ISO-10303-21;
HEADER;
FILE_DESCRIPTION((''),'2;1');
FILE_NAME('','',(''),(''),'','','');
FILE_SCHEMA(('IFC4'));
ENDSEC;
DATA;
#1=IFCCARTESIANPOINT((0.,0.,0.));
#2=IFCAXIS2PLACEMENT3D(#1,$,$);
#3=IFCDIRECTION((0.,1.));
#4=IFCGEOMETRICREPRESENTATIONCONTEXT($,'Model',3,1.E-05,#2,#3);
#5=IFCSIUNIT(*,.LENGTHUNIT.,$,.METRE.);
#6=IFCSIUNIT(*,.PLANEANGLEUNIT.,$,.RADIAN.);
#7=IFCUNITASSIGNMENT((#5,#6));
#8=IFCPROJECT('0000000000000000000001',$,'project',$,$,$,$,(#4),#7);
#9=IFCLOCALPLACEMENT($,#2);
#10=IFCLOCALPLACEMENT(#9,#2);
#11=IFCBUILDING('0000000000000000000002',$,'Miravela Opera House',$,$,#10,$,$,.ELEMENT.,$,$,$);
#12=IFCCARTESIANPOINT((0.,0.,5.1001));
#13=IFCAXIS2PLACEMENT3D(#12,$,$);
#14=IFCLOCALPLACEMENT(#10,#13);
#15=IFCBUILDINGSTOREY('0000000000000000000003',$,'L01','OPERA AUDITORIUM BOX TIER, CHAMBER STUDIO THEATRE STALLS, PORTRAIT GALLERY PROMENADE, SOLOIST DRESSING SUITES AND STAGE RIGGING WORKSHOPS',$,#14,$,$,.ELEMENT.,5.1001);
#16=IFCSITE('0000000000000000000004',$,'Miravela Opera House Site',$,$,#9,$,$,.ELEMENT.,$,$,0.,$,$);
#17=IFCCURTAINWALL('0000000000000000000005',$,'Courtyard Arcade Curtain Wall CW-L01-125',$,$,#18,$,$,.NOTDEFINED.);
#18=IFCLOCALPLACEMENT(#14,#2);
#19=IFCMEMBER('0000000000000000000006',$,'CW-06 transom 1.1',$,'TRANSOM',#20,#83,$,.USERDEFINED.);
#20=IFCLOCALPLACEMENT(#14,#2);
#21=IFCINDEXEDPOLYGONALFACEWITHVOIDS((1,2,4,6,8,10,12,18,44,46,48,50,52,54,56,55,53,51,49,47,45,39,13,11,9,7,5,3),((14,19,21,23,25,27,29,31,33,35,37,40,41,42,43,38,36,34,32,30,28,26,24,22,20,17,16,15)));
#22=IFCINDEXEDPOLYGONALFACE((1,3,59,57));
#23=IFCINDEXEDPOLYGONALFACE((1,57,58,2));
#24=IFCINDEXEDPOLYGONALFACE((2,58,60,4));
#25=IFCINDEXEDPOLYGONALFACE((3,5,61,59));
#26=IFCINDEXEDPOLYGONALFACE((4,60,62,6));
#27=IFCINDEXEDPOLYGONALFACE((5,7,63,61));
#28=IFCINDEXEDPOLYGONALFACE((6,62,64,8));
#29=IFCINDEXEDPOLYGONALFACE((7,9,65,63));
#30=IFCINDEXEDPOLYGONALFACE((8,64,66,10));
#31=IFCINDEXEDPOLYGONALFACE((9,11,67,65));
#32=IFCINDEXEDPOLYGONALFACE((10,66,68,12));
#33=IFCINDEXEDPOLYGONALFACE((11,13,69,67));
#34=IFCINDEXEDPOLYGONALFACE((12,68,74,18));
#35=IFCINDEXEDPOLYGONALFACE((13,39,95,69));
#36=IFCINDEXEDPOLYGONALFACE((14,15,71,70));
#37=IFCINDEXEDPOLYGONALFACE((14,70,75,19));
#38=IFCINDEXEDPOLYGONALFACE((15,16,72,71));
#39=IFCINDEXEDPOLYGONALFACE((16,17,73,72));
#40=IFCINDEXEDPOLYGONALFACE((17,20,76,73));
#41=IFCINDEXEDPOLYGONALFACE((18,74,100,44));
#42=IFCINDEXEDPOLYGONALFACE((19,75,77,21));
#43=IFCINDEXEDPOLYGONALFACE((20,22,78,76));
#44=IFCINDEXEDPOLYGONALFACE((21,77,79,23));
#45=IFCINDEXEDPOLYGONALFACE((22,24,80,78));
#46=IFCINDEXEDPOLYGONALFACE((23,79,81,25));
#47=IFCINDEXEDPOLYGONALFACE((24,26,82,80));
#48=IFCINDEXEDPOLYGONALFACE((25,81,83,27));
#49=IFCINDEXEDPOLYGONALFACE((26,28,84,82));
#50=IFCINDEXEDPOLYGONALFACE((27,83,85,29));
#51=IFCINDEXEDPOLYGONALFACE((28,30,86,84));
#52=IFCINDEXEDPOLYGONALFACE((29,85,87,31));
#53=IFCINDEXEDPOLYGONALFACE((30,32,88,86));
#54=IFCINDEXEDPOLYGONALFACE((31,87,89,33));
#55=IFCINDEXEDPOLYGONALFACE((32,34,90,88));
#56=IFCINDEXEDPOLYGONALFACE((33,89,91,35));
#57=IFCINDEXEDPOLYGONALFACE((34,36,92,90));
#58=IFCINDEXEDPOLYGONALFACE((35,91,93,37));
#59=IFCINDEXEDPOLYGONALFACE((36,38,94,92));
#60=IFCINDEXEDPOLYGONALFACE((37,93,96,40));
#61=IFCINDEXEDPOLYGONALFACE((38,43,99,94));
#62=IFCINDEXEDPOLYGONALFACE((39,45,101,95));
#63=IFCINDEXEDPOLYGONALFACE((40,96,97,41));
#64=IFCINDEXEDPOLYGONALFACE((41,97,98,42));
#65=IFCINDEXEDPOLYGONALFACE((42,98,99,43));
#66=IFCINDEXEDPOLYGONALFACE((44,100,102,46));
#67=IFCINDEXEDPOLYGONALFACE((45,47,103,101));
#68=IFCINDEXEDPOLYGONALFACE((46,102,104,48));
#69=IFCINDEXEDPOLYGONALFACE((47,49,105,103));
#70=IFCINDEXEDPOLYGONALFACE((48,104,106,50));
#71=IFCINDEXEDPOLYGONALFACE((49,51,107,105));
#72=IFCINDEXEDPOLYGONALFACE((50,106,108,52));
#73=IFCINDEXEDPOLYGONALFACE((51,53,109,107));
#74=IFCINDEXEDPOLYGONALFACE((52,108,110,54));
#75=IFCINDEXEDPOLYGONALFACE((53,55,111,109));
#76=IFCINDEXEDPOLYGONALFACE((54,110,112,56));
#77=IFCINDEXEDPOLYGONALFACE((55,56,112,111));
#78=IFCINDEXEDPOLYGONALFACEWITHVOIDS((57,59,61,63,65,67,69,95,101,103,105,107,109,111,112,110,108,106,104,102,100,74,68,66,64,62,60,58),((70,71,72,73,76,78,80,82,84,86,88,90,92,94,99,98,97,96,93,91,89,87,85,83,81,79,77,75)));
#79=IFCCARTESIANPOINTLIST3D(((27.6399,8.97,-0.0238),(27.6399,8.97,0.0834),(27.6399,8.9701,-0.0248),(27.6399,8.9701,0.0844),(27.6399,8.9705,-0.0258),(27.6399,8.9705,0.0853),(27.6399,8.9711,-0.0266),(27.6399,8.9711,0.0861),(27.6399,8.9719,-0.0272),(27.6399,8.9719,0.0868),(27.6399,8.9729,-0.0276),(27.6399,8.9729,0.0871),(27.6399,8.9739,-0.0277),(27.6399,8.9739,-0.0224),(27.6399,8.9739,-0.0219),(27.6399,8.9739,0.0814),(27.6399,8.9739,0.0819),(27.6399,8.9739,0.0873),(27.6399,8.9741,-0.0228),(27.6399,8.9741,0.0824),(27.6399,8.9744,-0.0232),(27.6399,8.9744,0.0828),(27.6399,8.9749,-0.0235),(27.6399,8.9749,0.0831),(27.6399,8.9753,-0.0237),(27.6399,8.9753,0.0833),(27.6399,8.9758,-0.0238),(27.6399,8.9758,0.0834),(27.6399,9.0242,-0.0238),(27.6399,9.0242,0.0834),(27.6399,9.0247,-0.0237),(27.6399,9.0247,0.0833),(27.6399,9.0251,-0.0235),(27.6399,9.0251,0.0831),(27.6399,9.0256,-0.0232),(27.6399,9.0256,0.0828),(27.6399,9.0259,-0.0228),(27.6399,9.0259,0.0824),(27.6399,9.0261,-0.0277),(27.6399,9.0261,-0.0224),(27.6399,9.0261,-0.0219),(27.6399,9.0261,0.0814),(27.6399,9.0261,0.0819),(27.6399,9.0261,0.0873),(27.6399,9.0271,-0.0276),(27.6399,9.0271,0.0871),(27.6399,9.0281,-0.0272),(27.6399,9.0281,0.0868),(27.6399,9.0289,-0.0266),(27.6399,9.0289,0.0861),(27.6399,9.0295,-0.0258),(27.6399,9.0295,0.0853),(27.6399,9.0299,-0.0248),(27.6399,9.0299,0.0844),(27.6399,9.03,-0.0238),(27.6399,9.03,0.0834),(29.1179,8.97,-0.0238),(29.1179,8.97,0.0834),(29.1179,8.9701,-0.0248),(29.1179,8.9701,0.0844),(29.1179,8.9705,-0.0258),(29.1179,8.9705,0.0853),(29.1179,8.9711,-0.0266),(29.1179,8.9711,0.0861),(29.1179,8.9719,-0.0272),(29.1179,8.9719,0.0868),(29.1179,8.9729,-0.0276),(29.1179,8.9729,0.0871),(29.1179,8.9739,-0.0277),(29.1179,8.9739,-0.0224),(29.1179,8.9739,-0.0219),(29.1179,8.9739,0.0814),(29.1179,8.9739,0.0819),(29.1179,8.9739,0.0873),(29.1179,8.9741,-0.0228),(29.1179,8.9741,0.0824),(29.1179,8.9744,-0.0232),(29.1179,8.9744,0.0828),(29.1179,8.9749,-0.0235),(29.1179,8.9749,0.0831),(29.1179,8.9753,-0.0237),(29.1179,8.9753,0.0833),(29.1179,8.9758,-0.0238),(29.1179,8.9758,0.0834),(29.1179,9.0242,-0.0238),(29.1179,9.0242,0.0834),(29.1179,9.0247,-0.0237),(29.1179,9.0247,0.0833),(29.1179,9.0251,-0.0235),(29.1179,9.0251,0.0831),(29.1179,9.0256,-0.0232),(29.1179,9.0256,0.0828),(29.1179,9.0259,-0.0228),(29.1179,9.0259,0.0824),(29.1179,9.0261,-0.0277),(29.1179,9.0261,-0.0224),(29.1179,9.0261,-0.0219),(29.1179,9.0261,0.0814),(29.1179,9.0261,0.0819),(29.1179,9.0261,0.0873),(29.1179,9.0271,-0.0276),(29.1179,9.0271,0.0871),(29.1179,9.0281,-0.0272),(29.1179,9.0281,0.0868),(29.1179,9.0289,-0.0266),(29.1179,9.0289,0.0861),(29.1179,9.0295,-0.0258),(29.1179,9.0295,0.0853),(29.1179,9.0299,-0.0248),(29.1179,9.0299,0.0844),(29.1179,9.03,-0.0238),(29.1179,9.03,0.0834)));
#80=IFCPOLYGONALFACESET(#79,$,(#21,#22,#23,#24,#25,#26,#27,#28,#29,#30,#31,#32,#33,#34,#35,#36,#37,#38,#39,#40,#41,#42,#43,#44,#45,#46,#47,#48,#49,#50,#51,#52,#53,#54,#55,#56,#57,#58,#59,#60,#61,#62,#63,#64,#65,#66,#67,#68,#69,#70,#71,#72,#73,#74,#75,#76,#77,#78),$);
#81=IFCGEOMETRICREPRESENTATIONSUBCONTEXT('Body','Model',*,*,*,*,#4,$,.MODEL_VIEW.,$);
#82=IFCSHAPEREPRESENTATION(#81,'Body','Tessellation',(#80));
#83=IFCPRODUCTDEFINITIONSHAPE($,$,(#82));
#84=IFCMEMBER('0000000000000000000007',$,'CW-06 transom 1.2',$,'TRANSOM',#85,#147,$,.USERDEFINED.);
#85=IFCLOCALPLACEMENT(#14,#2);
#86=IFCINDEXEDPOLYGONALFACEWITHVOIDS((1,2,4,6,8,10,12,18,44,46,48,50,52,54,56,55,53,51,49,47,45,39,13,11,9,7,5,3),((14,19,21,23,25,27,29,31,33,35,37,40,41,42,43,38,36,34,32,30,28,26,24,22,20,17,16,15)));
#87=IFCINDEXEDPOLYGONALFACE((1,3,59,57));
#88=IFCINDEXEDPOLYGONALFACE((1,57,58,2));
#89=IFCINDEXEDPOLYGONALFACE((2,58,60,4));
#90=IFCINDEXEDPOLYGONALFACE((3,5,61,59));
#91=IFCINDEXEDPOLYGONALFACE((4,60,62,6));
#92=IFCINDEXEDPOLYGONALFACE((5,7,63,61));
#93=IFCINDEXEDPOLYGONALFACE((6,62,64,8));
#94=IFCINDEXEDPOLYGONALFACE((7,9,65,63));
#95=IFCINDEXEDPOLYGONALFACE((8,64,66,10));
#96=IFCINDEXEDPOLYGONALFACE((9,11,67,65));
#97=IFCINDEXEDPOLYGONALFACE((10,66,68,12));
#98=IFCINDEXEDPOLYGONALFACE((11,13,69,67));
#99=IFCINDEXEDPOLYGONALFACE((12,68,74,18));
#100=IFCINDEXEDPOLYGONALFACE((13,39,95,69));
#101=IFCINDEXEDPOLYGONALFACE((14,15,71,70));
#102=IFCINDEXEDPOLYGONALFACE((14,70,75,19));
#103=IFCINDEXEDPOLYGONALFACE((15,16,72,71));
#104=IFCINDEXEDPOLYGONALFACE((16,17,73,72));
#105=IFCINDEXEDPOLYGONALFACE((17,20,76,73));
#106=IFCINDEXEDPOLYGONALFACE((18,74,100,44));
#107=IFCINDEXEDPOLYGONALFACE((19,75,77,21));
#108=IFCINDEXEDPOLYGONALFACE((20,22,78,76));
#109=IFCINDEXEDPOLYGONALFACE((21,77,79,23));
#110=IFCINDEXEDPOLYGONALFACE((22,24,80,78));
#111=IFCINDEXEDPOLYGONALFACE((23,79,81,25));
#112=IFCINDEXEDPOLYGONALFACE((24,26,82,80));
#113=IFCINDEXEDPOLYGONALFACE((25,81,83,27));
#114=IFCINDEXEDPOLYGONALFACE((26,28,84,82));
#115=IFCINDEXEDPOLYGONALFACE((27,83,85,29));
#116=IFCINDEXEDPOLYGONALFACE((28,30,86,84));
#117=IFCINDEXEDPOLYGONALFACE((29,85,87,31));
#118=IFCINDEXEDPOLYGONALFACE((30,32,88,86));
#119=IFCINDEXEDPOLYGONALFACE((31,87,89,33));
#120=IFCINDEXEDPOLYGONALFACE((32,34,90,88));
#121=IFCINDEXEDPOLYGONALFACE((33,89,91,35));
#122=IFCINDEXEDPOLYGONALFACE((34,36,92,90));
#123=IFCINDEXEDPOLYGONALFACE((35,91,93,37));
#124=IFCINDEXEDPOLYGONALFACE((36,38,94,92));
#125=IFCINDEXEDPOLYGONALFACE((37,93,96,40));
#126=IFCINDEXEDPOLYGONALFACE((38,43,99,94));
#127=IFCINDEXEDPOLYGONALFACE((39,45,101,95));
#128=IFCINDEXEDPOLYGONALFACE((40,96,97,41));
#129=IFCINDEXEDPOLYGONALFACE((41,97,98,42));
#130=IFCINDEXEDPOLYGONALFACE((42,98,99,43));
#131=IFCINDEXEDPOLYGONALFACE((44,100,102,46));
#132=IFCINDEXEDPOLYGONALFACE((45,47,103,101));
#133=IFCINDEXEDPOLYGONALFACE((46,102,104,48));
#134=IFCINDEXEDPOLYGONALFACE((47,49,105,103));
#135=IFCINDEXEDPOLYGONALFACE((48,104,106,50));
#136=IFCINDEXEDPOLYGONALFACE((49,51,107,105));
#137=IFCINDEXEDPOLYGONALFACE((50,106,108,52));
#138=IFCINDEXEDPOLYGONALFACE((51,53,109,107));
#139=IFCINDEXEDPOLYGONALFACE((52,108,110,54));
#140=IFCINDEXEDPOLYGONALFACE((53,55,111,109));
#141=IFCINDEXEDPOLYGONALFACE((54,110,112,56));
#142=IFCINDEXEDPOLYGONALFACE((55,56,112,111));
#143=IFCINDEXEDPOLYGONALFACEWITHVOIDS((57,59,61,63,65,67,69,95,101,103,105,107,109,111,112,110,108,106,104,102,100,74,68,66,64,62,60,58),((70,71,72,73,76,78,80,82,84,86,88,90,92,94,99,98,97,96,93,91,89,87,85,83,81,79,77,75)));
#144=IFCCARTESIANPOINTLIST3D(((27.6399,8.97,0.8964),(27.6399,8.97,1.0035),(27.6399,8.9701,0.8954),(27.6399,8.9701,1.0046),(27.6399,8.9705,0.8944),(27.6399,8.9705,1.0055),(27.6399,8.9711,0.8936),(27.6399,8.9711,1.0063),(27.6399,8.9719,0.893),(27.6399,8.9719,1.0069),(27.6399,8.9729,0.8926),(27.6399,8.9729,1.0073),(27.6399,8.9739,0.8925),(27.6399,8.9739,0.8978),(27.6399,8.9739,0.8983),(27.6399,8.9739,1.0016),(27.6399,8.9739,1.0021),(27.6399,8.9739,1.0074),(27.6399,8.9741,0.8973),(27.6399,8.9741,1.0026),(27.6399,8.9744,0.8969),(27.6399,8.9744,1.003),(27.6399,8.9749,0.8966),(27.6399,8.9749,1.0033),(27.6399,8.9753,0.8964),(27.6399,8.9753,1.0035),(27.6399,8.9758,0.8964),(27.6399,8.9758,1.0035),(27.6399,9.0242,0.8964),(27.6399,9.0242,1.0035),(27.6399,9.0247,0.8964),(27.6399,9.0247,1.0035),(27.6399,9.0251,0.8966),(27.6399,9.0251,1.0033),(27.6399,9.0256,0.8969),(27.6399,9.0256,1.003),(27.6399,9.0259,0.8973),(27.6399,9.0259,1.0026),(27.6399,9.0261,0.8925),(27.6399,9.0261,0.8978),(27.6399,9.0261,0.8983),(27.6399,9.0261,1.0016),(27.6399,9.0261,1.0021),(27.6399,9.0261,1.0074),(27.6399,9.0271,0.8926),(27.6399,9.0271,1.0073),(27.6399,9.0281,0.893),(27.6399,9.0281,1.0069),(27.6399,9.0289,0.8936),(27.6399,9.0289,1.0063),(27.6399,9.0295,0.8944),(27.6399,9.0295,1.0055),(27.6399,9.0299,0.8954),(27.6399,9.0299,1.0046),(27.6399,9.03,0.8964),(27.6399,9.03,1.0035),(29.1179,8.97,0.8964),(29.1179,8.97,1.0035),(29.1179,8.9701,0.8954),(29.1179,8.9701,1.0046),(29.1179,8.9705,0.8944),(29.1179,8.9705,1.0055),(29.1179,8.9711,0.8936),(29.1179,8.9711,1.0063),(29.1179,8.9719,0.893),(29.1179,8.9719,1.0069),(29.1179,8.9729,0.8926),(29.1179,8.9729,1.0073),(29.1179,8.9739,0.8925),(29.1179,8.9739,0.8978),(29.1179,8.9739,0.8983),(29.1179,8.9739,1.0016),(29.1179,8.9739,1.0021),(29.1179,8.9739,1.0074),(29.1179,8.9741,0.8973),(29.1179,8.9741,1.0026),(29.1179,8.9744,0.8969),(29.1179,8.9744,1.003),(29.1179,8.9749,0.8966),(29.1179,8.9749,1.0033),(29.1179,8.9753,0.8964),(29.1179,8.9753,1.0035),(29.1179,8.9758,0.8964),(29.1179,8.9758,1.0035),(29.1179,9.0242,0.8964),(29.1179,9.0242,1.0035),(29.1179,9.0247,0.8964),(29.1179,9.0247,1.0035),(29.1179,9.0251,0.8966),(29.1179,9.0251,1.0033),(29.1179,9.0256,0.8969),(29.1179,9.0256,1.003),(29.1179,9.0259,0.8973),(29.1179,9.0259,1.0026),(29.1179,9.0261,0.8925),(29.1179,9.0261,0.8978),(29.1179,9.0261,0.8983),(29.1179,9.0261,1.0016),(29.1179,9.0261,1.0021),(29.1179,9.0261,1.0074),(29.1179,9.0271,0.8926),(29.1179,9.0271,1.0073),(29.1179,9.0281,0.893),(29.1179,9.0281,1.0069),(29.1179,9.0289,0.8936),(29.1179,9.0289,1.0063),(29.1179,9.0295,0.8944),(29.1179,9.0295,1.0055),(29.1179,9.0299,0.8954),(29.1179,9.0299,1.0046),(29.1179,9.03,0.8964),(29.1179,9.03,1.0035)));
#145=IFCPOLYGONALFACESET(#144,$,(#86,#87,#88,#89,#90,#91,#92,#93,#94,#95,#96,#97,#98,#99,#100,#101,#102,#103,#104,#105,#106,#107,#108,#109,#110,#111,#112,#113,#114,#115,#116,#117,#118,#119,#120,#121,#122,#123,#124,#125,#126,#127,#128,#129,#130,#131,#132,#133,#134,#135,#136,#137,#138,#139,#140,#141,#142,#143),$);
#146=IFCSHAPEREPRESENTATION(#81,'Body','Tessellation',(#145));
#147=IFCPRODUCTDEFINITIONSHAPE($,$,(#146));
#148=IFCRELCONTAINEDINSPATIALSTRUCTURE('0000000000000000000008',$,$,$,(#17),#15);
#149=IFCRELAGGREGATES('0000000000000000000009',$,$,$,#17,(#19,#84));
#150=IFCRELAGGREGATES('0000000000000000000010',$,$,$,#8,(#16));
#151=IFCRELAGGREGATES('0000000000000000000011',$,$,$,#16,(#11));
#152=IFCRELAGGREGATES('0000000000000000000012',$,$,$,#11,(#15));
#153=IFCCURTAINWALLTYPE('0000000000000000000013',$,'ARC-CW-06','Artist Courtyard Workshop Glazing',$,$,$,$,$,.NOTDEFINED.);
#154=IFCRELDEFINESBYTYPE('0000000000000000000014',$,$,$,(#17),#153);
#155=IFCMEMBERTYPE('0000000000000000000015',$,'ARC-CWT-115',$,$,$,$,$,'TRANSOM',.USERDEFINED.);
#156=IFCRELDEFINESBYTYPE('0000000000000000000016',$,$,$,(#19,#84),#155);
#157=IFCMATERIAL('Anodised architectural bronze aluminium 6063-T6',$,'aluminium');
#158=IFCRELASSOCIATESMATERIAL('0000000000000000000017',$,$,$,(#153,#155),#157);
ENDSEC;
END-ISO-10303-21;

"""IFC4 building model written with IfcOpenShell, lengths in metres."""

from ifc_helpers import new_model, si_unit, direction, frame, origin, origin_2d, place, context, subcontext, project, spatial, hollow_rectangle, extrude, material, material_profile, profile_set, type_object, element, aggregate, save


model = new_model("IFC4")

# Units and contexts
model_context = context("Model", 3, precision=1e-05, world=origin(), true_north=direction((0.0, 1.0)))
body_context = subcontext(model_context, "Body", "Model", "MODEL_VIEW")
ifc_project = project(units=[si_unit("LENGTHUNIT", "METRE"), si_unit("PLANEANGLEUNIT", "RADIAN")], contexts=[model_context])

# Site, building, storey
site_placement = place(None, origin())
site = spatial("IfcSite", under=ifc_project, at=site_placement, Name="Miravela Opera House Site", CompositionType="ELEMENT", RefElevation=0.0)
building_placement = place(site_placement, origin())
building = spatial("IfcBuilding", under=site, at=building_placement, Name="Miravela Opera House", CompositionType="ELEMENT")
storey_placement = place(building_placement, frame((0.0, 0.0, 5.1001)))
storey = spatial("IfcBuildingStorey", under=building, at=storey_placement, Name="L01", Description="OPERA AUDITORIUM BOX TIER, CHAMBER STUDIO THEATRE STALLS, PORTRAIT GALLERY PROMENADE, SOLOIST DRESSING SUITES AND STAGE RIGGING WORKSHOPS", CompositionType="ELEMENT", Elevation=5.1001)

# Curtain wall
ifc_material_1 = material(Name="Anodised architectural bronze aluminium 6063-T6", Category="aluminium")
curtain_wall_type = type_object("IfcCurtainWallType", Name="ARC-CW-06", Description="Artist Courtyard Workshop Glazing", PredefinedType="NOTDEFINED", material=ifc_material_1)
curtain_wall_1_placement = place(storey_placement, origin())
curtain_wall_1 = element("IfcCurtainWall", 1, at=curtain_wall_1_placement, inside=storey, type_object=curtain_wall_type, Name="Courtyard Arcade Curtain Wall CW-L01-125", PredefinedType="NOTDEFINED")

# Members
ifc_material_profile_1 = material_profile(ifc_material_1, hollow_rectangle(XDim=0.0601, YDim=0.115, WallThickness=0.0039, InnerFilletRadius=0.002, OuterFilletRadius=0.0039, at=origin_2d()), Name="CWT-60X115")
ifc_profile_set_1 = profile_set([ifc_material_profile_1])
member_type_1 = type_object("IfcMemberType", Name="ARC-CWT-115", ElementType="TRANSOM", PredefinedType="USERDEFINED", material=ifc_profile_set_1)
member_1_placement = place(storey_placement, frame((27.6399, 9.0, 0.0298), z_axis=(1.0, 0.0, 0.0), x_axis=(0.0, 1.0, 0.0)))
member_1 = element("IfcMember", 2, at=member_1_placement, type_object=member_type_1, Name="CW-06 transom 1.1", ObjectType="TRANSOM", PredefinedType="USERDEFINED", context=body_context, shape_type="SweptSolid", body=[
    extrude(hollow_rectangle(XDim=0.0601, YDim=0.115, WallThickness=0.0039, InnerFilletRadius=0.002, OuterFilletRadius=0.0039, at=origin_2d()), origin(), (0.0, 0.0, 1.0), 1.478),
])
member_2_placement = place(storey_placement, frame((27.6399, 9.0, 0.95), z_axis=(1.0, 0.0, 0.0), x_axis=(0.0, 1.0, 0.0)))
member_2 = element("IfcMember", 3, at=member_2_placement, type_object=member_type_1, Name="CW-06 transom 1.2", ObjectType="TRANSOM", PredefinedType="USERDEFINED", context=body_context, shape_type="SweptSolid", body=[
    extrude(hollow_rectangle(XDim=0.0601, YDim=0.115, WallThickness=0.0039, InnerFilletRadius=0.002, OuterFilletRadius=0.0039, at=origin_2d()), origin(), (0.0, 0.0, 1.0), 1.478),
])
aggregate(curtain_wall_1, [member_1, member_2])

save(model, "model.ifc")
